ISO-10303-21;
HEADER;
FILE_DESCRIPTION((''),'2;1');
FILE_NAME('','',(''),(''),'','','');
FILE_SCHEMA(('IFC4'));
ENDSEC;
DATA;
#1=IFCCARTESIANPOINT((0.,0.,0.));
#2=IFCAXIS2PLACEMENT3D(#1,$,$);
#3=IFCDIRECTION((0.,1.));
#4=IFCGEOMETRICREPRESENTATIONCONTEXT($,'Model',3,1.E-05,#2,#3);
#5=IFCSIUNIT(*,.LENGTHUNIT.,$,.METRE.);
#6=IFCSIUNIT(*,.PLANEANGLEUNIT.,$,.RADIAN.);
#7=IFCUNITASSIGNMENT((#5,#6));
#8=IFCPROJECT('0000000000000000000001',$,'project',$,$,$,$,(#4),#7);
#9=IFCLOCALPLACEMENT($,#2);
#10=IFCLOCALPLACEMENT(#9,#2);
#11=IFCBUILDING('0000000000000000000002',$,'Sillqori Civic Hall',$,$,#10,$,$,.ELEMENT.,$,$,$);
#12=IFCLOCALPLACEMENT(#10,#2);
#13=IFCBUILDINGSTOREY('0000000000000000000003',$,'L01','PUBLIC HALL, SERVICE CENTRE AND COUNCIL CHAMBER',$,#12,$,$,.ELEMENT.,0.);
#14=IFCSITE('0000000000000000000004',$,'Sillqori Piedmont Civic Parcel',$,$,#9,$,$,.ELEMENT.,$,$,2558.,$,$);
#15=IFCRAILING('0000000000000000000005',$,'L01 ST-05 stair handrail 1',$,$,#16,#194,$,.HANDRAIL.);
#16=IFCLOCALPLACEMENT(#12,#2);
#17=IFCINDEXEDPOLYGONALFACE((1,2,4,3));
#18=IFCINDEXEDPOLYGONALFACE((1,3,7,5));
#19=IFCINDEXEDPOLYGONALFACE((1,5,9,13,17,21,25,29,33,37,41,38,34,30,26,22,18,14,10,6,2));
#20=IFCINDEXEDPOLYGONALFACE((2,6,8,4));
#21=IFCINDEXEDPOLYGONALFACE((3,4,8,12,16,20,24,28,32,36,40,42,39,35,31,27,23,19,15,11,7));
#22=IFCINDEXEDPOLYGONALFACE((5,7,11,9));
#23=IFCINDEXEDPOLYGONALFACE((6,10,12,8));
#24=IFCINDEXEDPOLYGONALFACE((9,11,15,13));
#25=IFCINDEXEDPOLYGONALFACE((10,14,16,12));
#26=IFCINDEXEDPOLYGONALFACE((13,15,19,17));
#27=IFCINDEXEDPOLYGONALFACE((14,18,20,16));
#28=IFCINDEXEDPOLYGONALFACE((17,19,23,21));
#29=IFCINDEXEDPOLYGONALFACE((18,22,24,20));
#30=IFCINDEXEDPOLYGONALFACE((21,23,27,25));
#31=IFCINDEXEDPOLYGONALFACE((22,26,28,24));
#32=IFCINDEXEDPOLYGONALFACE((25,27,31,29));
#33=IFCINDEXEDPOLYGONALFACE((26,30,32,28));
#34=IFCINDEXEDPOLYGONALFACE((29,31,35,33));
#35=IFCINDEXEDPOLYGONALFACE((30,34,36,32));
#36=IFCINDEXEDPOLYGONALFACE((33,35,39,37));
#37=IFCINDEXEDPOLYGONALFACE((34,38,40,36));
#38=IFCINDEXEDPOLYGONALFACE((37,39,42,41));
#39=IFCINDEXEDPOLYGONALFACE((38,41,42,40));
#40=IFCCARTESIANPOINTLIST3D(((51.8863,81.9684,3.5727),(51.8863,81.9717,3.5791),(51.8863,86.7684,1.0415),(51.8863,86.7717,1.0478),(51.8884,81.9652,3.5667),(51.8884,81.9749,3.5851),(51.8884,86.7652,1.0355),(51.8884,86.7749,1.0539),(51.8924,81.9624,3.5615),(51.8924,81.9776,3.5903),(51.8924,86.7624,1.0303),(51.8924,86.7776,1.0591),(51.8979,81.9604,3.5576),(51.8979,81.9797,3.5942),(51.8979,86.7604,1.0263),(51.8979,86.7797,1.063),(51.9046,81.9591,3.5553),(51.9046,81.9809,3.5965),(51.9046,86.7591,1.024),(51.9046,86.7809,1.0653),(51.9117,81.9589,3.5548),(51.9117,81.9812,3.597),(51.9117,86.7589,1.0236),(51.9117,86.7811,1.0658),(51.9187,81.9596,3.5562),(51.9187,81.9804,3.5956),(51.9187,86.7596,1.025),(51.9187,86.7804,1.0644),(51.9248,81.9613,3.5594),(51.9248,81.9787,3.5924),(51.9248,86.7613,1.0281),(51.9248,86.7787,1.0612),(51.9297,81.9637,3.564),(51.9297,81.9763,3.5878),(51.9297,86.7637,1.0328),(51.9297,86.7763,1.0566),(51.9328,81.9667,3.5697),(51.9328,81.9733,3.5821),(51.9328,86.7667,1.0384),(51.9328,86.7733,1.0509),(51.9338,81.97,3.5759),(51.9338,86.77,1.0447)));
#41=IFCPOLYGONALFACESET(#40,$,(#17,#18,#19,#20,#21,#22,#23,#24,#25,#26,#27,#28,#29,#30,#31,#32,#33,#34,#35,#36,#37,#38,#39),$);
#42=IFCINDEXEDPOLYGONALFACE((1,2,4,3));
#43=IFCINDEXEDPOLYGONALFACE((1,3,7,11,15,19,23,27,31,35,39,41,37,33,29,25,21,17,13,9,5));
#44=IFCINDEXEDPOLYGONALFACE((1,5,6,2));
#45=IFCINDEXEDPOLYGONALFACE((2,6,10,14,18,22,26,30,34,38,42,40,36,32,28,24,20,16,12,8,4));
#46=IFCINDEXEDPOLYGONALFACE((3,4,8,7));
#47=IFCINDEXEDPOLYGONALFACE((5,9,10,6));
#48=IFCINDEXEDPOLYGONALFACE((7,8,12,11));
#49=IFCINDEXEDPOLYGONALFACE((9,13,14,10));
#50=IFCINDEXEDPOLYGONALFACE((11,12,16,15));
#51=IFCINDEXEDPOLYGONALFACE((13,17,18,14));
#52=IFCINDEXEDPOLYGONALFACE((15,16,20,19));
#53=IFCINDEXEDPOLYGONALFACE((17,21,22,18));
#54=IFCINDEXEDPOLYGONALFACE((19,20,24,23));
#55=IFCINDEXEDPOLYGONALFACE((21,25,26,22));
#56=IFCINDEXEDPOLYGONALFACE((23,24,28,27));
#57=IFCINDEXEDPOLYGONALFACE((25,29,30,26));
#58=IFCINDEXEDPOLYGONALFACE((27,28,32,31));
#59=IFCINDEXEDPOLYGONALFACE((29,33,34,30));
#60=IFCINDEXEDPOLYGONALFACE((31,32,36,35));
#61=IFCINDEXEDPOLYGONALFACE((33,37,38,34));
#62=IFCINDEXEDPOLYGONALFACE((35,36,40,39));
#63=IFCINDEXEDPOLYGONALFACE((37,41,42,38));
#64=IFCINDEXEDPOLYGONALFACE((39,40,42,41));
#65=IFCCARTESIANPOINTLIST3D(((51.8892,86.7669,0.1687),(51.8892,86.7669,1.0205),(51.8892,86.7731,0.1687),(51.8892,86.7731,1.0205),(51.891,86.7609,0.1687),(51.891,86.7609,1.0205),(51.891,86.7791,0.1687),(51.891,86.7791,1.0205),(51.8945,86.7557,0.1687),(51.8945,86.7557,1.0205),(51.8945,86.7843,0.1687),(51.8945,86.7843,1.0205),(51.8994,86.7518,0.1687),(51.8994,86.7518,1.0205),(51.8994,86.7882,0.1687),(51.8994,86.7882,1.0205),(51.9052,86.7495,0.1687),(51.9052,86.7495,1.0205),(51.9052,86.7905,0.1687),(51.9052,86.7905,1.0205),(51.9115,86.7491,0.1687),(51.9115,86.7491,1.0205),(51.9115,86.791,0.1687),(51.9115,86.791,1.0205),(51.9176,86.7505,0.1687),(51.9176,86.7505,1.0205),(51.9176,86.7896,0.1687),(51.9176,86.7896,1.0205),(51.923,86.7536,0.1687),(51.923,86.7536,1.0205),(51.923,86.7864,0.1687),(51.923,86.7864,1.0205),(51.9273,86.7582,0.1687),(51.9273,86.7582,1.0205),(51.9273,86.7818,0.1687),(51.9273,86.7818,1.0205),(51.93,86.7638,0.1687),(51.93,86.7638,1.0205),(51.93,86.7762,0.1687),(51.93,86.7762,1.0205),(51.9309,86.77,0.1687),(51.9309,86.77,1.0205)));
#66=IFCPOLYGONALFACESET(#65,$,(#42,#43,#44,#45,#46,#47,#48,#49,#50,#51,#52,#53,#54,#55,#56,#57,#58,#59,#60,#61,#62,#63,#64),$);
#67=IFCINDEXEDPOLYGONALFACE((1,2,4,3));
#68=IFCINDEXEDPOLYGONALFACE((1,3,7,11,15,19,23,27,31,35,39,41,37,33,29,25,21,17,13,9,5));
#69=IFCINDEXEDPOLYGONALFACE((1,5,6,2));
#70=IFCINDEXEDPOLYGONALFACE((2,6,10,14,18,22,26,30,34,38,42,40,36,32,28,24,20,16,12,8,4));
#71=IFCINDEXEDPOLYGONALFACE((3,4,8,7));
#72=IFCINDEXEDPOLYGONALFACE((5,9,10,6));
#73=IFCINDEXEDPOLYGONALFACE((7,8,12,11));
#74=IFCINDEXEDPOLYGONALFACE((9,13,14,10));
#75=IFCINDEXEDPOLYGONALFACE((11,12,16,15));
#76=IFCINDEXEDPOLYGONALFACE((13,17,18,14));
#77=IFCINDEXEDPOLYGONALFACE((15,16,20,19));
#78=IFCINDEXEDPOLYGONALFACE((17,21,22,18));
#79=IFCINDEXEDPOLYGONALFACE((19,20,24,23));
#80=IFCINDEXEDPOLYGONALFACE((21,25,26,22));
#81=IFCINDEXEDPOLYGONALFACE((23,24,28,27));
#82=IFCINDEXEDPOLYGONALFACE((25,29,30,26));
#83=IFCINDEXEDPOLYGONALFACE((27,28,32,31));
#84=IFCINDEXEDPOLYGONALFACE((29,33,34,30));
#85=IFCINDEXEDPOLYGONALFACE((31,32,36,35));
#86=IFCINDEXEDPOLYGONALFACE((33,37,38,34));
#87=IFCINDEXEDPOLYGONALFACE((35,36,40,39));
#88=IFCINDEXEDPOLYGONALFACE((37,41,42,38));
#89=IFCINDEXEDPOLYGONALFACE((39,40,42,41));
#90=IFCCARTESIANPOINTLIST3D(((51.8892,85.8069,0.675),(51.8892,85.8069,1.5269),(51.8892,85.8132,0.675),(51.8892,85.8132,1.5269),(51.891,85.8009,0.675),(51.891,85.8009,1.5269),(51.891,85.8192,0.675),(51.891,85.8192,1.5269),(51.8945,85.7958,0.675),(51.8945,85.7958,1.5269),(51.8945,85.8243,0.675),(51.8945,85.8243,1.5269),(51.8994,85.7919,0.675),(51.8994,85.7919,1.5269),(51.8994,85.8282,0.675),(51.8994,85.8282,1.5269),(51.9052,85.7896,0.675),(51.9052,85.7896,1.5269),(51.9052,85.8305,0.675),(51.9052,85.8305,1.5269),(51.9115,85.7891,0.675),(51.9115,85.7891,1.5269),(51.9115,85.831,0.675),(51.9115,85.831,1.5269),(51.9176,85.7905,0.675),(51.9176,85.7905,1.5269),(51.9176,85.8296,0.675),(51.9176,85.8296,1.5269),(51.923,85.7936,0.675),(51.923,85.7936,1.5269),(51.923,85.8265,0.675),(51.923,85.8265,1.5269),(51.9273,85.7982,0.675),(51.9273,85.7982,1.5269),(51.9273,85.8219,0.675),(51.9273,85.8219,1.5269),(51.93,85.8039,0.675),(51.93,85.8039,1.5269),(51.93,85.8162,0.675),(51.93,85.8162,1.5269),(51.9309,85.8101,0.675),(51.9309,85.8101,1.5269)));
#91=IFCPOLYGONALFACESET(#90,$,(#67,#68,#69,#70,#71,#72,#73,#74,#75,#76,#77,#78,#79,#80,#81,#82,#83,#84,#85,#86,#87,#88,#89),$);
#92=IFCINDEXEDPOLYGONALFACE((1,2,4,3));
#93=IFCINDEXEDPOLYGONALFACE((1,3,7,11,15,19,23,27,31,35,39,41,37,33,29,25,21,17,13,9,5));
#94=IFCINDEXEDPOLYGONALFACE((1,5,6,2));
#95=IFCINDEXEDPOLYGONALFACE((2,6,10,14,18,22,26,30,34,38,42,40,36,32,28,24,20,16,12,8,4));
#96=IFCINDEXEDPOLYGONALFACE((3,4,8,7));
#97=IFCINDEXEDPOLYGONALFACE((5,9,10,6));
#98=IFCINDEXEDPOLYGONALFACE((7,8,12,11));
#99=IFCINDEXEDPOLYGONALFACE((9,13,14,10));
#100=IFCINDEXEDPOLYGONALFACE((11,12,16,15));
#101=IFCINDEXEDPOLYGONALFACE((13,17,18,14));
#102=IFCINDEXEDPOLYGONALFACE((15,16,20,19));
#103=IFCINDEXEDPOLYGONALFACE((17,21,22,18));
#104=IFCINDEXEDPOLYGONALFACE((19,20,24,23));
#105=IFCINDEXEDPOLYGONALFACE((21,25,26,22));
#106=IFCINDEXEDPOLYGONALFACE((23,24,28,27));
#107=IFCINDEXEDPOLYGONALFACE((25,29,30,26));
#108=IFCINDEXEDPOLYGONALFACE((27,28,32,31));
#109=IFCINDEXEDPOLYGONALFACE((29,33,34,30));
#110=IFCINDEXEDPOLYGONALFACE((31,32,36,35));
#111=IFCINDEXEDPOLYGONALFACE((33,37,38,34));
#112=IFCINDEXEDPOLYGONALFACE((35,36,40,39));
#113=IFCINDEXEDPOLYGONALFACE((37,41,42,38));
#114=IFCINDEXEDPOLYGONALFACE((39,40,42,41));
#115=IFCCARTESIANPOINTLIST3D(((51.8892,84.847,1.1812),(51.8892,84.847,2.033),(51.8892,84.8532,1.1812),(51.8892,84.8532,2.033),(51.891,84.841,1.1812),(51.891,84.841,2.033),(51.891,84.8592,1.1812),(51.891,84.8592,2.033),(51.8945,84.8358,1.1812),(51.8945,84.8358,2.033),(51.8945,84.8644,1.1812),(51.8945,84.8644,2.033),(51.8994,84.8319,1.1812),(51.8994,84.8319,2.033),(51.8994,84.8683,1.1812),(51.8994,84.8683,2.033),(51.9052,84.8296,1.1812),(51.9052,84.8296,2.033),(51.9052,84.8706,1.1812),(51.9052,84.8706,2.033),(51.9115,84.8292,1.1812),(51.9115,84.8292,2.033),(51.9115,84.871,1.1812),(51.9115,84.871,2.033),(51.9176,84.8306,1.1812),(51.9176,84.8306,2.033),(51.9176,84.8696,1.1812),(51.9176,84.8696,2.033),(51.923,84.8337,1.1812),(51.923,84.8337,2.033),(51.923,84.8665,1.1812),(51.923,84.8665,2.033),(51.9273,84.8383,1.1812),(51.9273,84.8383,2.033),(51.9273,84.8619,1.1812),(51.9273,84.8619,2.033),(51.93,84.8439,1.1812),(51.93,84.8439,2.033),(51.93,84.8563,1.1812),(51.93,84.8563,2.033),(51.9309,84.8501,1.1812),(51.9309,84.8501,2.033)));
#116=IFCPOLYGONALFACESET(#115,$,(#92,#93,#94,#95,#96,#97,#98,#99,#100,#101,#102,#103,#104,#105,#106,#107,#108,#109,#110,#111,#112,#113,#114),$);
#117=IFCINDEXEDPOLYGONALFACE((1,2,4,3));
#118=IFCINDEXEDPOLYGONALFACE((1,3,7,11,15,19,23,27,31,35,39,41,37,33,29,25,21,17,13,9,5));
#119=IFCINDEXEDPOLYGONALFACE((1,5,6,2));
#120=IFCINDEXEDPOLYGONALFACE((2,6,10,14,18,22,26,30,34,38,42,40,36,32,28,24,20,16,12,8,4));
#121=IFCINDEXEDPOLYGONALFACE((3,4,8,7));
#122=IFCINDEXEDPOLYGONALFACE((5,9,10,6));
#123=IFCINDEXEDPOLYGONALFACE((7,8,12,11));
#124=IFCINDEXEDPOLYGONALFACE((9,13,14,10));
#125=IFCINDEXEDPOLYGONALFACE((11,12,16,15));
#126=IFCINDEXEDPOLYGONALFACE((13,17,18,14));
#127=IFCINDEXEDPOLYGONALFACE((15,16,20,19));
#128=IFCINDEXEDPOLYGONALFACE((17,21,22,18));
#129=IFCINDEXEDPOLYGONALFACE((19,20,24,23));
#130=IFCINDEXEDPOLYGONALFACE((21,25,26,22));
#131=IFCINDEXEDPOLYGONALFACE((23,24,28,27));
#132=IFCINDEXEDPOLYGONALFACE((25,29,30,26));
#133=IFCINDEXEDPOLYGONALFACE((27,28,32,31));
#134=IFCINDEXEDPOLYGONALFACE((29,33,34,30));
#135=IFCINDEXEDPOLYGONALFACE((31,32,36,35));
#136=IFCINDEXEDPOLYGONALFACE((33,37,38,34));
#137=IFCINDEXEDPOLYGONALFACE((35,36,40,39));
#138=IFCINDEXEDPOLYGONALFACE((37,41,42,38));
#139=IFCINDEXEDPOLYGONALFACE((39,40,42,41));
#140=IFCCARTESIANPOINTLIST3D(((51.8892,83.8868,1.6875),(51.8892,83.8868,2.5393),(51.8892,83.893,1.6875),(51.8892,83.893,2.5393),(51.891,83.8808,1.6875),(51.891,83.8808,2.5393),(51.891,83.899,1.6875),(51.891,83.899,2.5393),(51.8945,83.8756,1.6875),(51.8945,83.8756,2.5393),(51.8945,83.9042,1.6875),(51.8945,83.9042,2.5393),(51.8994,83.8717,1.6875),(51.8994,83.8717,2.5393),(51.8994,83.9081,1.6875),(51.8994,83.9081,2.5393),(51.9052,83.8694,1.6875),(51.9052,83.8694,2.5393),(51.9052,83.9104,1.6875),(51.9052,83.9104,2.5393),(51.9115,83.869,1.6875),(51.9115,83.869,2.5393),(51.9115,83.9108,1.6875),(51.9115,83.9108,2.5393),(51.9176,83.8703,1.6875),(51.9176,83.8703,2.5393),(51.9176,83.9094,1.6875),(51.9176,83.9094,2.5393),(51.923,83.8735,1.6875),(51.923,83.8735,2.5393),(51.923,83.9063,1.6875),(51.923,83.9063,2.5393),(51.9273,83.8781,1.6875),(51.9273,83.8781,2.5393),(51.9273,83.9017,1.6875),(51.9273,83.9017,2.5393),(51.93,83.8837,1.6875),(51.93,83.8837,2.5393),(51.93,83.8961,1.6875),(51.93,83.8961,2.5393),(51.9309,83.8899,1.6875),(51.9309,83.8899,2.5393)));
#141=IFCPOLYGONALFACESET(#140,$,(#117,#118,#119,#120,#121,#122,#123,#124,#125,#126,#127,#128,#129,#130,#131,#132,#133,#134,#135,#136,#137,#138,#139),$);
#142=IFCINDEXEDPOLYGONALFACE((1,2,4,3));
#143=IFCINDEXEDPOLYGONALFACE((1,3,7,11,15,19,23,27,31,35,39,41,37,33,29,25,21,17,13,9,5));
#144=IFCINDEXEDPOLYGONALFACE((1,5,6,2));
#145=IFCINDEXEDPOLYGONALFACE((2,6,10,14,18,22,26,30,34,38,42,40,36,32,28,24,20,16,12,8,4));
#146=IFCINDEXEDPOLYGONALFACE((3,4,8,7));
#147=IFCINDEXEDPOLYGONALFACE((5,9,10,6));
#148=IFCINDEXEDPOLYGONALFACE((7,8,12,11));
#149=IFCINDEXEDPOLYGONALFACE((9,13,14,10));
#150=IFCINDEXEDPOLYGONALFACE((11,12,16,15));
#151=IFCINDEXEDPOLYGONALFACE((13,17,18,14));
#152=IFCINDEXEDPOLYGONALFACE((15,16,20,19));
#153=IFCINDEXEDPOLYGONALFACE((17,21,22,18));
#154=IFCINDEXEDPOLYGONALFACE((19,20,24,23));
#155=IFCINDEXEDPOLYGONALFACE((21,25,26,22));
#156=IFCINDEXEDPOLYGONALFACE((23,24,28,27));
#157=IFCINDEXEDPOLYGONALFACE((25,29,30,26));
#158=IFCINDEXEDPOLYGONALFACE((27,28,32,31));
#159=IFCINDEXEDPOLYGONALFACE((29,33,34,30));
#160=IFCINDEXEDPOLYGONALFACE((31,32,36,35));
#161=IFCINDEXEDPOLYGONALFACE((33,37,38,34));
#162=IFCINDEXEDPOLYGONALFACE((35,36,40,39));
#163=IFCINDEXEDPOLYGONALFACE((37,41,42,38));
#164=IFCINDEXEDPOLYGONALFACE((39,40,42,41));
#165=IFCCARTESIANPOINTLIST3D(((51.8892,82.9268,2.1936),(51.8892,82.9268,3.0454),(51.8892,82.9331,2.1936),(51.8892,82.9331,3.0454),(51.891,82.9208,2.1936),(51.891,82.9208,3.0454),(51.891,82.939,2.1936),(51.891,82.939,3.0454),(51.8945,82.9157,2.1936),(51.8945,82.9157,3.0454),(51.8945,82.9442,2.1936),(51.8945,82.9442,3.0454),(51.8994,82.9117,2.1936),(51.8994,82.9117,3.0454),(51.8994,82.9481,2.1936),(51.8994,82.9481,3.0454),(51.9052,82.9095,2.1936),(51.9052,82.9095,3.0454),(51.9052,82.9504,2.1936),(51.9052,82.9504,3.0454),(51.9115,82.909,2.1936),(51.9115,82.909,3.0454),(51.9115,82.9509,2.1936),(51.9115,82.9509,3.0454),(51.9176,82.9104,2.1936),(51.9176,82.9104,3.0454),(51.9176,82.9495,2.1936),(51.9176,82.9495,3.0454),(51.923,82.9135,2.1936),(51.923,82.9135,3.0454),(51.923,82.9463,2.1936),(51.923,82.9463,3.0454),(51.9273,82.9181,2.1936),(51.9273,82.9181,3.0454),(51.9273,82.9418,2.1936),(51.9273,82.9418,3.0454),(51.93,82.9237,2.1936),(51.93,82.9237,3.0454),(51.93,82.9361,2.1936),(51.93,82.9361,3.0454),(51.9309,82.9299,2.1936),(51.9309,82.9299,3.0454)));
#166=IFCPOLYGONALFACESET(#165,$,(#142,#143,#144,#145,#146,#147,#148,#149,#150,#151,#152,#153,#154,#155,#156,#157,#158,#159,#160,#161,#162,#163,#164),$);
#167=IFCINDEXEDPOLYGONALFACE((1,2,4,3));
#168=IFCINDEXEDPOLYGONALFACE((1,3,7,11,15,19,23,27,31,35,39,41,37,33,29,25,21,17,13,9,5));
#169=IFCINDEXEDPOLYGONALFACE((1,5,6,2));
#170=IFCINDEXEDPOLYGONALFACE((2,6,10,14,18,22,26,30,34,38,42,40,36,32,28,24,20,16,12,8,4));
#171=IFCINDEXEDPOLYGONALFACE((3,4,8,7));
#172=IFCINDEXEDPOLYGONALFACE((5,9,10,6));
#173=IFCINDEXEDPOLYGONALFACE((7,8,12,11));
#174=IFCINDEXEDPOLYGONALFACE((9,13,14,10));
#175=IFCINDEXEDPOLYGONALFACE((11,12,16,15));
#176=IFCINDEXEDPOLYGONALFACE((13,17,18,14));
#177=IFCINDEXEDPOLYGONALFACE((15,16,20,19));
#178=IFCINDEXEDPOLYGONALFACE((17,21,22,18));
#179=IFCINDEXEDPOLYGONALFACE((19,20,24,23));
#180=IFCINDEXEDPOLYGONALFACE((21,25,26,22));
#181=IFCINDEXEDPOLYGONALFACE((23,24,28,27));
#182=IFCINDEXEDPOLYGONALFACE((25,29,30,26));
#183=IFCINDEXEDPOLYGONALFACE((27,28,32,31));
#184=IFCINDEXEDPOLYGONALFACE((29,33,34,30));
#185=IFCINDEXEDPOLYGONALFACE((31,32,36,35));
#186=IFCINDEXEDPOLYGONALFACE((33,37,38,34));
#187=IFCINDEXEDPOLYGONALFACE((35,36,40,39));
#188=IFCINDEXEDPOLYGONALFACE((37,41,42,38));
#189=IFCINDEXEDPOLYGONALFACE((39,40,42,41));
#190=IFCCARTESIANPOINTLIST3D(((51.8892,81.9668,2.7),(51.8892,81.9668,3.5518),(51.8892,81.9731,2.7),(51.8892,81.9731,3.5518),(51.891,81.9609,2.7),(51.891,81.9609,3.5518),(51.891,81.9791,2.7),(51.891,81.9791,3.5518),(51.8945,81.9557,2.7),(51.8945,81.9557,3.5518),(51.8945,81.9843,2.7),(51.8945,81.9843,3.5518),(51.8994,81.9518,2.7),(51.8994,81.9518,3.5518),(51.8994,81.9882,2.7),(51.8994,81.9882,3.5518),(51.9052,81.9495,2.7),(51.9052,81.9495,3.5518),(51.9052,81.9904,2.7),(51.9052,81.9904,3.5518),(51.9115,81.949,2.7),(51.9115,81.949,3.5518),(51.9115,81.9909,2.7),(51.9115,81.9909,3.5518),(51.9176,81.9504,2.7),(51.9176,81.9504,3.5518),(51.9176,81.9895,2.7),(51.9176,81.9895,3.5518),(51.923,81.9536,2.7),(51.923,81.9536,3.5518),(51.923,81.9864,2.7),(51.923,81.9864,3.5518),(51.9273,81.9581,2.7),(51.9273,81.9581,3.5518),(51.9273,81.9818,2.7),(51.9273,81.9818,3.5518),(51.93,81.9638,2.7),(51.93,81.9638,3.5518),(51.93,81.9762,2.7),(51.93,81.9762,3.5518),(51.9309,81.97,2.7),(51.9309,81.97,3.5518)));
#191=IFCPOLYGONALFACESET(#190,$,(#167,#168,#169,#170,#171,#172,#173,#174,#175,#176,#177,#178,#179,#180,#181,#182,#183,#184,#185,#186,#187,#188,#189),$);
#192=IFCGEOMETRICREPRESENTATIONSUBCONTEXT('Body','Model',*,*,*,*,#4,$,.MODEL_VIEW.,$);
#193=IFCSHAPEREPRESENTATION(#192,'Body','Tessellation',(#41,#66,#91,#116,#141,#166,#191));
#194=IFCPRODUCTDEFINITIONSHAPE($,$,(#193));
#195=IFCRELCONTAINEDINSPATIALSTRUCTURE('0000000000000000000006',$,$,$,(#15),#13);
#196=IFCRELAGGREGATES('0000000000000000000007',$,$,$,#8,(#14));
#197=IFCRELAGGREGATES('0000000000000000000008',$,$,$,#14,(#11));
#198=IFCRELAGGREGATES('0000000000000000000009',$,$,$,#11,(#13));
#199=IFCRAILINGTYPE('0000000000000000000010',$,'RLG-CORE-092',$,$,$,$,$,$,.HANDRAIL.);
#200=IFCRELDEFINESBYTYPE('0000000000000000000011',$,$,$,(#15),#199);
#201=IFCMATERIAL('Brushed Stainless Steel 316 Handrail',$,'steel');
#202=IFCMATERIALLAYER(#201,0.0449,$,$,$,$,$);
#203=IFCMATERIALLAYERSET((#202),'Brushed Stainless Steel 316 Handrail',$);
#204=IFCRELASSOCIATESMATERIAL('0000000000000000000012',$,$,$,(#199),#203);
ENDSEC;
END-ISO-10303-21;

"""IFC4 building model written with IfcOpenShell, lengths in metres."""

from ifc_helpers import new_model, si_unit, direction, frame, origin, origin_2d, place, context, subcontext, project, spatial, circle, extrude, material, layer, layer_set, type_object, element, save


model = new_model("IFC4")

# Units and contexts
model_context = context("Model", 3, precision=1e-05, world=origin(), true_north=direction((0.0, 1.0)))
body_context = subcontext(model_context, "Body", "Model", "MODEL_VIEW")
ifc_project = project(units=[si_unit("LENGTHUNIT", "METRE"), si_unit("PLANEANGLEUNIT", "RADIAN")], contexts=[model_context])

# Site, building, storey
site_placement = place(None, origin())
site = spatial("IfcSite", under=ifc_project, at=site_placement, Name="Sillqori Piedmont Civic Parcel", CompositionType="ELEMENT", RefElevation=2558.0)
building_placement = place(site_placement, origin())
building = spatial("IfcBuilding", under=site, at=building_placement, Name="Sillqori Civic Hall", CompositionType="ELEMENT")
storey_placement = place(building_placement, origin())
storey = spatial("IfcBuildingStorey", under=building, at=storey_placement, Name="L01", Description="PUBLIC HALL, SERVICE CENTRE AND COUNCIL CHAMBER", CompositionType="ELEMENT", Elevation=0.0)

# Railing
ifc_material_1 = material(Name="Brushed Stainless Steel 316 Handrail", Category="steel")
ifc_layer_1 = layer(ifc_material_1, 0.0449)
ifc_layer_set_1 = layer_set([ifc_layer_1], Name="Brushed Stainless Steel 316 Handrail")
railing_type_1 = type_object("IfcRailingType", Name="RLG-CORE-092", PredefinedType="HANDRAIL", material=ifc_layer_set_1)
railing_1_placement = place(storey_placement, frame((51.9099, 86.77, 0.1687)))
element("IfcRailing", 1, at=railing_1_placement, inside=storey, type_object=railing_type_1, Name="L01 ST-05 stair handrail 1", PredefinedType="HANDRAIL", context=body_context, shape_type="SweptSolid", body=[
    extrude(circle(Radius=0.0239, at=origin_2d()), frame((0.0, 0.0, 0.876), z_axis=(0.0, -0.884545, 0.466455), x_axis=(1.0, 0.0, 0.0)), (0.0, 0.0, 1.0), 5.4265),
    extrude(circle(Radius=0.021, at=origin_2d()), origin(), (0.0, 0.0, 1.0), 0.8518),
    extrude(circle(Radius=0.021, at=origin_2d()), frame((0.0, -0.96, 0.5063)), (0.0, 0.0, 1.0), 0.8518),
    extrude(circle(Radius=0.021, at=origin_2d()), frame((0.0, -1.9199, 1.0125)), (0.0, 0.0, 1.0), 0.8518),
    extrude(circle(Radius=0.021, at=origin_2d()), frame((0.0, -2.8801, 1.5188)), (0.0, 0.0, 1.0), 0.8518),
    extrude(circle(Radius=0.021, at=origin_2d()), frame((0.0, -3.8401, 2.0249)), (0.0, 0.0, 1.0), 0.8518),
    extrude(circle(Radius=0.021, at=origin_2d()), frame((0.0, -4.8, 2.5312)), (0.0, 0.0, 1.0), 0.8518),
])

save(model, "model.ifc")
